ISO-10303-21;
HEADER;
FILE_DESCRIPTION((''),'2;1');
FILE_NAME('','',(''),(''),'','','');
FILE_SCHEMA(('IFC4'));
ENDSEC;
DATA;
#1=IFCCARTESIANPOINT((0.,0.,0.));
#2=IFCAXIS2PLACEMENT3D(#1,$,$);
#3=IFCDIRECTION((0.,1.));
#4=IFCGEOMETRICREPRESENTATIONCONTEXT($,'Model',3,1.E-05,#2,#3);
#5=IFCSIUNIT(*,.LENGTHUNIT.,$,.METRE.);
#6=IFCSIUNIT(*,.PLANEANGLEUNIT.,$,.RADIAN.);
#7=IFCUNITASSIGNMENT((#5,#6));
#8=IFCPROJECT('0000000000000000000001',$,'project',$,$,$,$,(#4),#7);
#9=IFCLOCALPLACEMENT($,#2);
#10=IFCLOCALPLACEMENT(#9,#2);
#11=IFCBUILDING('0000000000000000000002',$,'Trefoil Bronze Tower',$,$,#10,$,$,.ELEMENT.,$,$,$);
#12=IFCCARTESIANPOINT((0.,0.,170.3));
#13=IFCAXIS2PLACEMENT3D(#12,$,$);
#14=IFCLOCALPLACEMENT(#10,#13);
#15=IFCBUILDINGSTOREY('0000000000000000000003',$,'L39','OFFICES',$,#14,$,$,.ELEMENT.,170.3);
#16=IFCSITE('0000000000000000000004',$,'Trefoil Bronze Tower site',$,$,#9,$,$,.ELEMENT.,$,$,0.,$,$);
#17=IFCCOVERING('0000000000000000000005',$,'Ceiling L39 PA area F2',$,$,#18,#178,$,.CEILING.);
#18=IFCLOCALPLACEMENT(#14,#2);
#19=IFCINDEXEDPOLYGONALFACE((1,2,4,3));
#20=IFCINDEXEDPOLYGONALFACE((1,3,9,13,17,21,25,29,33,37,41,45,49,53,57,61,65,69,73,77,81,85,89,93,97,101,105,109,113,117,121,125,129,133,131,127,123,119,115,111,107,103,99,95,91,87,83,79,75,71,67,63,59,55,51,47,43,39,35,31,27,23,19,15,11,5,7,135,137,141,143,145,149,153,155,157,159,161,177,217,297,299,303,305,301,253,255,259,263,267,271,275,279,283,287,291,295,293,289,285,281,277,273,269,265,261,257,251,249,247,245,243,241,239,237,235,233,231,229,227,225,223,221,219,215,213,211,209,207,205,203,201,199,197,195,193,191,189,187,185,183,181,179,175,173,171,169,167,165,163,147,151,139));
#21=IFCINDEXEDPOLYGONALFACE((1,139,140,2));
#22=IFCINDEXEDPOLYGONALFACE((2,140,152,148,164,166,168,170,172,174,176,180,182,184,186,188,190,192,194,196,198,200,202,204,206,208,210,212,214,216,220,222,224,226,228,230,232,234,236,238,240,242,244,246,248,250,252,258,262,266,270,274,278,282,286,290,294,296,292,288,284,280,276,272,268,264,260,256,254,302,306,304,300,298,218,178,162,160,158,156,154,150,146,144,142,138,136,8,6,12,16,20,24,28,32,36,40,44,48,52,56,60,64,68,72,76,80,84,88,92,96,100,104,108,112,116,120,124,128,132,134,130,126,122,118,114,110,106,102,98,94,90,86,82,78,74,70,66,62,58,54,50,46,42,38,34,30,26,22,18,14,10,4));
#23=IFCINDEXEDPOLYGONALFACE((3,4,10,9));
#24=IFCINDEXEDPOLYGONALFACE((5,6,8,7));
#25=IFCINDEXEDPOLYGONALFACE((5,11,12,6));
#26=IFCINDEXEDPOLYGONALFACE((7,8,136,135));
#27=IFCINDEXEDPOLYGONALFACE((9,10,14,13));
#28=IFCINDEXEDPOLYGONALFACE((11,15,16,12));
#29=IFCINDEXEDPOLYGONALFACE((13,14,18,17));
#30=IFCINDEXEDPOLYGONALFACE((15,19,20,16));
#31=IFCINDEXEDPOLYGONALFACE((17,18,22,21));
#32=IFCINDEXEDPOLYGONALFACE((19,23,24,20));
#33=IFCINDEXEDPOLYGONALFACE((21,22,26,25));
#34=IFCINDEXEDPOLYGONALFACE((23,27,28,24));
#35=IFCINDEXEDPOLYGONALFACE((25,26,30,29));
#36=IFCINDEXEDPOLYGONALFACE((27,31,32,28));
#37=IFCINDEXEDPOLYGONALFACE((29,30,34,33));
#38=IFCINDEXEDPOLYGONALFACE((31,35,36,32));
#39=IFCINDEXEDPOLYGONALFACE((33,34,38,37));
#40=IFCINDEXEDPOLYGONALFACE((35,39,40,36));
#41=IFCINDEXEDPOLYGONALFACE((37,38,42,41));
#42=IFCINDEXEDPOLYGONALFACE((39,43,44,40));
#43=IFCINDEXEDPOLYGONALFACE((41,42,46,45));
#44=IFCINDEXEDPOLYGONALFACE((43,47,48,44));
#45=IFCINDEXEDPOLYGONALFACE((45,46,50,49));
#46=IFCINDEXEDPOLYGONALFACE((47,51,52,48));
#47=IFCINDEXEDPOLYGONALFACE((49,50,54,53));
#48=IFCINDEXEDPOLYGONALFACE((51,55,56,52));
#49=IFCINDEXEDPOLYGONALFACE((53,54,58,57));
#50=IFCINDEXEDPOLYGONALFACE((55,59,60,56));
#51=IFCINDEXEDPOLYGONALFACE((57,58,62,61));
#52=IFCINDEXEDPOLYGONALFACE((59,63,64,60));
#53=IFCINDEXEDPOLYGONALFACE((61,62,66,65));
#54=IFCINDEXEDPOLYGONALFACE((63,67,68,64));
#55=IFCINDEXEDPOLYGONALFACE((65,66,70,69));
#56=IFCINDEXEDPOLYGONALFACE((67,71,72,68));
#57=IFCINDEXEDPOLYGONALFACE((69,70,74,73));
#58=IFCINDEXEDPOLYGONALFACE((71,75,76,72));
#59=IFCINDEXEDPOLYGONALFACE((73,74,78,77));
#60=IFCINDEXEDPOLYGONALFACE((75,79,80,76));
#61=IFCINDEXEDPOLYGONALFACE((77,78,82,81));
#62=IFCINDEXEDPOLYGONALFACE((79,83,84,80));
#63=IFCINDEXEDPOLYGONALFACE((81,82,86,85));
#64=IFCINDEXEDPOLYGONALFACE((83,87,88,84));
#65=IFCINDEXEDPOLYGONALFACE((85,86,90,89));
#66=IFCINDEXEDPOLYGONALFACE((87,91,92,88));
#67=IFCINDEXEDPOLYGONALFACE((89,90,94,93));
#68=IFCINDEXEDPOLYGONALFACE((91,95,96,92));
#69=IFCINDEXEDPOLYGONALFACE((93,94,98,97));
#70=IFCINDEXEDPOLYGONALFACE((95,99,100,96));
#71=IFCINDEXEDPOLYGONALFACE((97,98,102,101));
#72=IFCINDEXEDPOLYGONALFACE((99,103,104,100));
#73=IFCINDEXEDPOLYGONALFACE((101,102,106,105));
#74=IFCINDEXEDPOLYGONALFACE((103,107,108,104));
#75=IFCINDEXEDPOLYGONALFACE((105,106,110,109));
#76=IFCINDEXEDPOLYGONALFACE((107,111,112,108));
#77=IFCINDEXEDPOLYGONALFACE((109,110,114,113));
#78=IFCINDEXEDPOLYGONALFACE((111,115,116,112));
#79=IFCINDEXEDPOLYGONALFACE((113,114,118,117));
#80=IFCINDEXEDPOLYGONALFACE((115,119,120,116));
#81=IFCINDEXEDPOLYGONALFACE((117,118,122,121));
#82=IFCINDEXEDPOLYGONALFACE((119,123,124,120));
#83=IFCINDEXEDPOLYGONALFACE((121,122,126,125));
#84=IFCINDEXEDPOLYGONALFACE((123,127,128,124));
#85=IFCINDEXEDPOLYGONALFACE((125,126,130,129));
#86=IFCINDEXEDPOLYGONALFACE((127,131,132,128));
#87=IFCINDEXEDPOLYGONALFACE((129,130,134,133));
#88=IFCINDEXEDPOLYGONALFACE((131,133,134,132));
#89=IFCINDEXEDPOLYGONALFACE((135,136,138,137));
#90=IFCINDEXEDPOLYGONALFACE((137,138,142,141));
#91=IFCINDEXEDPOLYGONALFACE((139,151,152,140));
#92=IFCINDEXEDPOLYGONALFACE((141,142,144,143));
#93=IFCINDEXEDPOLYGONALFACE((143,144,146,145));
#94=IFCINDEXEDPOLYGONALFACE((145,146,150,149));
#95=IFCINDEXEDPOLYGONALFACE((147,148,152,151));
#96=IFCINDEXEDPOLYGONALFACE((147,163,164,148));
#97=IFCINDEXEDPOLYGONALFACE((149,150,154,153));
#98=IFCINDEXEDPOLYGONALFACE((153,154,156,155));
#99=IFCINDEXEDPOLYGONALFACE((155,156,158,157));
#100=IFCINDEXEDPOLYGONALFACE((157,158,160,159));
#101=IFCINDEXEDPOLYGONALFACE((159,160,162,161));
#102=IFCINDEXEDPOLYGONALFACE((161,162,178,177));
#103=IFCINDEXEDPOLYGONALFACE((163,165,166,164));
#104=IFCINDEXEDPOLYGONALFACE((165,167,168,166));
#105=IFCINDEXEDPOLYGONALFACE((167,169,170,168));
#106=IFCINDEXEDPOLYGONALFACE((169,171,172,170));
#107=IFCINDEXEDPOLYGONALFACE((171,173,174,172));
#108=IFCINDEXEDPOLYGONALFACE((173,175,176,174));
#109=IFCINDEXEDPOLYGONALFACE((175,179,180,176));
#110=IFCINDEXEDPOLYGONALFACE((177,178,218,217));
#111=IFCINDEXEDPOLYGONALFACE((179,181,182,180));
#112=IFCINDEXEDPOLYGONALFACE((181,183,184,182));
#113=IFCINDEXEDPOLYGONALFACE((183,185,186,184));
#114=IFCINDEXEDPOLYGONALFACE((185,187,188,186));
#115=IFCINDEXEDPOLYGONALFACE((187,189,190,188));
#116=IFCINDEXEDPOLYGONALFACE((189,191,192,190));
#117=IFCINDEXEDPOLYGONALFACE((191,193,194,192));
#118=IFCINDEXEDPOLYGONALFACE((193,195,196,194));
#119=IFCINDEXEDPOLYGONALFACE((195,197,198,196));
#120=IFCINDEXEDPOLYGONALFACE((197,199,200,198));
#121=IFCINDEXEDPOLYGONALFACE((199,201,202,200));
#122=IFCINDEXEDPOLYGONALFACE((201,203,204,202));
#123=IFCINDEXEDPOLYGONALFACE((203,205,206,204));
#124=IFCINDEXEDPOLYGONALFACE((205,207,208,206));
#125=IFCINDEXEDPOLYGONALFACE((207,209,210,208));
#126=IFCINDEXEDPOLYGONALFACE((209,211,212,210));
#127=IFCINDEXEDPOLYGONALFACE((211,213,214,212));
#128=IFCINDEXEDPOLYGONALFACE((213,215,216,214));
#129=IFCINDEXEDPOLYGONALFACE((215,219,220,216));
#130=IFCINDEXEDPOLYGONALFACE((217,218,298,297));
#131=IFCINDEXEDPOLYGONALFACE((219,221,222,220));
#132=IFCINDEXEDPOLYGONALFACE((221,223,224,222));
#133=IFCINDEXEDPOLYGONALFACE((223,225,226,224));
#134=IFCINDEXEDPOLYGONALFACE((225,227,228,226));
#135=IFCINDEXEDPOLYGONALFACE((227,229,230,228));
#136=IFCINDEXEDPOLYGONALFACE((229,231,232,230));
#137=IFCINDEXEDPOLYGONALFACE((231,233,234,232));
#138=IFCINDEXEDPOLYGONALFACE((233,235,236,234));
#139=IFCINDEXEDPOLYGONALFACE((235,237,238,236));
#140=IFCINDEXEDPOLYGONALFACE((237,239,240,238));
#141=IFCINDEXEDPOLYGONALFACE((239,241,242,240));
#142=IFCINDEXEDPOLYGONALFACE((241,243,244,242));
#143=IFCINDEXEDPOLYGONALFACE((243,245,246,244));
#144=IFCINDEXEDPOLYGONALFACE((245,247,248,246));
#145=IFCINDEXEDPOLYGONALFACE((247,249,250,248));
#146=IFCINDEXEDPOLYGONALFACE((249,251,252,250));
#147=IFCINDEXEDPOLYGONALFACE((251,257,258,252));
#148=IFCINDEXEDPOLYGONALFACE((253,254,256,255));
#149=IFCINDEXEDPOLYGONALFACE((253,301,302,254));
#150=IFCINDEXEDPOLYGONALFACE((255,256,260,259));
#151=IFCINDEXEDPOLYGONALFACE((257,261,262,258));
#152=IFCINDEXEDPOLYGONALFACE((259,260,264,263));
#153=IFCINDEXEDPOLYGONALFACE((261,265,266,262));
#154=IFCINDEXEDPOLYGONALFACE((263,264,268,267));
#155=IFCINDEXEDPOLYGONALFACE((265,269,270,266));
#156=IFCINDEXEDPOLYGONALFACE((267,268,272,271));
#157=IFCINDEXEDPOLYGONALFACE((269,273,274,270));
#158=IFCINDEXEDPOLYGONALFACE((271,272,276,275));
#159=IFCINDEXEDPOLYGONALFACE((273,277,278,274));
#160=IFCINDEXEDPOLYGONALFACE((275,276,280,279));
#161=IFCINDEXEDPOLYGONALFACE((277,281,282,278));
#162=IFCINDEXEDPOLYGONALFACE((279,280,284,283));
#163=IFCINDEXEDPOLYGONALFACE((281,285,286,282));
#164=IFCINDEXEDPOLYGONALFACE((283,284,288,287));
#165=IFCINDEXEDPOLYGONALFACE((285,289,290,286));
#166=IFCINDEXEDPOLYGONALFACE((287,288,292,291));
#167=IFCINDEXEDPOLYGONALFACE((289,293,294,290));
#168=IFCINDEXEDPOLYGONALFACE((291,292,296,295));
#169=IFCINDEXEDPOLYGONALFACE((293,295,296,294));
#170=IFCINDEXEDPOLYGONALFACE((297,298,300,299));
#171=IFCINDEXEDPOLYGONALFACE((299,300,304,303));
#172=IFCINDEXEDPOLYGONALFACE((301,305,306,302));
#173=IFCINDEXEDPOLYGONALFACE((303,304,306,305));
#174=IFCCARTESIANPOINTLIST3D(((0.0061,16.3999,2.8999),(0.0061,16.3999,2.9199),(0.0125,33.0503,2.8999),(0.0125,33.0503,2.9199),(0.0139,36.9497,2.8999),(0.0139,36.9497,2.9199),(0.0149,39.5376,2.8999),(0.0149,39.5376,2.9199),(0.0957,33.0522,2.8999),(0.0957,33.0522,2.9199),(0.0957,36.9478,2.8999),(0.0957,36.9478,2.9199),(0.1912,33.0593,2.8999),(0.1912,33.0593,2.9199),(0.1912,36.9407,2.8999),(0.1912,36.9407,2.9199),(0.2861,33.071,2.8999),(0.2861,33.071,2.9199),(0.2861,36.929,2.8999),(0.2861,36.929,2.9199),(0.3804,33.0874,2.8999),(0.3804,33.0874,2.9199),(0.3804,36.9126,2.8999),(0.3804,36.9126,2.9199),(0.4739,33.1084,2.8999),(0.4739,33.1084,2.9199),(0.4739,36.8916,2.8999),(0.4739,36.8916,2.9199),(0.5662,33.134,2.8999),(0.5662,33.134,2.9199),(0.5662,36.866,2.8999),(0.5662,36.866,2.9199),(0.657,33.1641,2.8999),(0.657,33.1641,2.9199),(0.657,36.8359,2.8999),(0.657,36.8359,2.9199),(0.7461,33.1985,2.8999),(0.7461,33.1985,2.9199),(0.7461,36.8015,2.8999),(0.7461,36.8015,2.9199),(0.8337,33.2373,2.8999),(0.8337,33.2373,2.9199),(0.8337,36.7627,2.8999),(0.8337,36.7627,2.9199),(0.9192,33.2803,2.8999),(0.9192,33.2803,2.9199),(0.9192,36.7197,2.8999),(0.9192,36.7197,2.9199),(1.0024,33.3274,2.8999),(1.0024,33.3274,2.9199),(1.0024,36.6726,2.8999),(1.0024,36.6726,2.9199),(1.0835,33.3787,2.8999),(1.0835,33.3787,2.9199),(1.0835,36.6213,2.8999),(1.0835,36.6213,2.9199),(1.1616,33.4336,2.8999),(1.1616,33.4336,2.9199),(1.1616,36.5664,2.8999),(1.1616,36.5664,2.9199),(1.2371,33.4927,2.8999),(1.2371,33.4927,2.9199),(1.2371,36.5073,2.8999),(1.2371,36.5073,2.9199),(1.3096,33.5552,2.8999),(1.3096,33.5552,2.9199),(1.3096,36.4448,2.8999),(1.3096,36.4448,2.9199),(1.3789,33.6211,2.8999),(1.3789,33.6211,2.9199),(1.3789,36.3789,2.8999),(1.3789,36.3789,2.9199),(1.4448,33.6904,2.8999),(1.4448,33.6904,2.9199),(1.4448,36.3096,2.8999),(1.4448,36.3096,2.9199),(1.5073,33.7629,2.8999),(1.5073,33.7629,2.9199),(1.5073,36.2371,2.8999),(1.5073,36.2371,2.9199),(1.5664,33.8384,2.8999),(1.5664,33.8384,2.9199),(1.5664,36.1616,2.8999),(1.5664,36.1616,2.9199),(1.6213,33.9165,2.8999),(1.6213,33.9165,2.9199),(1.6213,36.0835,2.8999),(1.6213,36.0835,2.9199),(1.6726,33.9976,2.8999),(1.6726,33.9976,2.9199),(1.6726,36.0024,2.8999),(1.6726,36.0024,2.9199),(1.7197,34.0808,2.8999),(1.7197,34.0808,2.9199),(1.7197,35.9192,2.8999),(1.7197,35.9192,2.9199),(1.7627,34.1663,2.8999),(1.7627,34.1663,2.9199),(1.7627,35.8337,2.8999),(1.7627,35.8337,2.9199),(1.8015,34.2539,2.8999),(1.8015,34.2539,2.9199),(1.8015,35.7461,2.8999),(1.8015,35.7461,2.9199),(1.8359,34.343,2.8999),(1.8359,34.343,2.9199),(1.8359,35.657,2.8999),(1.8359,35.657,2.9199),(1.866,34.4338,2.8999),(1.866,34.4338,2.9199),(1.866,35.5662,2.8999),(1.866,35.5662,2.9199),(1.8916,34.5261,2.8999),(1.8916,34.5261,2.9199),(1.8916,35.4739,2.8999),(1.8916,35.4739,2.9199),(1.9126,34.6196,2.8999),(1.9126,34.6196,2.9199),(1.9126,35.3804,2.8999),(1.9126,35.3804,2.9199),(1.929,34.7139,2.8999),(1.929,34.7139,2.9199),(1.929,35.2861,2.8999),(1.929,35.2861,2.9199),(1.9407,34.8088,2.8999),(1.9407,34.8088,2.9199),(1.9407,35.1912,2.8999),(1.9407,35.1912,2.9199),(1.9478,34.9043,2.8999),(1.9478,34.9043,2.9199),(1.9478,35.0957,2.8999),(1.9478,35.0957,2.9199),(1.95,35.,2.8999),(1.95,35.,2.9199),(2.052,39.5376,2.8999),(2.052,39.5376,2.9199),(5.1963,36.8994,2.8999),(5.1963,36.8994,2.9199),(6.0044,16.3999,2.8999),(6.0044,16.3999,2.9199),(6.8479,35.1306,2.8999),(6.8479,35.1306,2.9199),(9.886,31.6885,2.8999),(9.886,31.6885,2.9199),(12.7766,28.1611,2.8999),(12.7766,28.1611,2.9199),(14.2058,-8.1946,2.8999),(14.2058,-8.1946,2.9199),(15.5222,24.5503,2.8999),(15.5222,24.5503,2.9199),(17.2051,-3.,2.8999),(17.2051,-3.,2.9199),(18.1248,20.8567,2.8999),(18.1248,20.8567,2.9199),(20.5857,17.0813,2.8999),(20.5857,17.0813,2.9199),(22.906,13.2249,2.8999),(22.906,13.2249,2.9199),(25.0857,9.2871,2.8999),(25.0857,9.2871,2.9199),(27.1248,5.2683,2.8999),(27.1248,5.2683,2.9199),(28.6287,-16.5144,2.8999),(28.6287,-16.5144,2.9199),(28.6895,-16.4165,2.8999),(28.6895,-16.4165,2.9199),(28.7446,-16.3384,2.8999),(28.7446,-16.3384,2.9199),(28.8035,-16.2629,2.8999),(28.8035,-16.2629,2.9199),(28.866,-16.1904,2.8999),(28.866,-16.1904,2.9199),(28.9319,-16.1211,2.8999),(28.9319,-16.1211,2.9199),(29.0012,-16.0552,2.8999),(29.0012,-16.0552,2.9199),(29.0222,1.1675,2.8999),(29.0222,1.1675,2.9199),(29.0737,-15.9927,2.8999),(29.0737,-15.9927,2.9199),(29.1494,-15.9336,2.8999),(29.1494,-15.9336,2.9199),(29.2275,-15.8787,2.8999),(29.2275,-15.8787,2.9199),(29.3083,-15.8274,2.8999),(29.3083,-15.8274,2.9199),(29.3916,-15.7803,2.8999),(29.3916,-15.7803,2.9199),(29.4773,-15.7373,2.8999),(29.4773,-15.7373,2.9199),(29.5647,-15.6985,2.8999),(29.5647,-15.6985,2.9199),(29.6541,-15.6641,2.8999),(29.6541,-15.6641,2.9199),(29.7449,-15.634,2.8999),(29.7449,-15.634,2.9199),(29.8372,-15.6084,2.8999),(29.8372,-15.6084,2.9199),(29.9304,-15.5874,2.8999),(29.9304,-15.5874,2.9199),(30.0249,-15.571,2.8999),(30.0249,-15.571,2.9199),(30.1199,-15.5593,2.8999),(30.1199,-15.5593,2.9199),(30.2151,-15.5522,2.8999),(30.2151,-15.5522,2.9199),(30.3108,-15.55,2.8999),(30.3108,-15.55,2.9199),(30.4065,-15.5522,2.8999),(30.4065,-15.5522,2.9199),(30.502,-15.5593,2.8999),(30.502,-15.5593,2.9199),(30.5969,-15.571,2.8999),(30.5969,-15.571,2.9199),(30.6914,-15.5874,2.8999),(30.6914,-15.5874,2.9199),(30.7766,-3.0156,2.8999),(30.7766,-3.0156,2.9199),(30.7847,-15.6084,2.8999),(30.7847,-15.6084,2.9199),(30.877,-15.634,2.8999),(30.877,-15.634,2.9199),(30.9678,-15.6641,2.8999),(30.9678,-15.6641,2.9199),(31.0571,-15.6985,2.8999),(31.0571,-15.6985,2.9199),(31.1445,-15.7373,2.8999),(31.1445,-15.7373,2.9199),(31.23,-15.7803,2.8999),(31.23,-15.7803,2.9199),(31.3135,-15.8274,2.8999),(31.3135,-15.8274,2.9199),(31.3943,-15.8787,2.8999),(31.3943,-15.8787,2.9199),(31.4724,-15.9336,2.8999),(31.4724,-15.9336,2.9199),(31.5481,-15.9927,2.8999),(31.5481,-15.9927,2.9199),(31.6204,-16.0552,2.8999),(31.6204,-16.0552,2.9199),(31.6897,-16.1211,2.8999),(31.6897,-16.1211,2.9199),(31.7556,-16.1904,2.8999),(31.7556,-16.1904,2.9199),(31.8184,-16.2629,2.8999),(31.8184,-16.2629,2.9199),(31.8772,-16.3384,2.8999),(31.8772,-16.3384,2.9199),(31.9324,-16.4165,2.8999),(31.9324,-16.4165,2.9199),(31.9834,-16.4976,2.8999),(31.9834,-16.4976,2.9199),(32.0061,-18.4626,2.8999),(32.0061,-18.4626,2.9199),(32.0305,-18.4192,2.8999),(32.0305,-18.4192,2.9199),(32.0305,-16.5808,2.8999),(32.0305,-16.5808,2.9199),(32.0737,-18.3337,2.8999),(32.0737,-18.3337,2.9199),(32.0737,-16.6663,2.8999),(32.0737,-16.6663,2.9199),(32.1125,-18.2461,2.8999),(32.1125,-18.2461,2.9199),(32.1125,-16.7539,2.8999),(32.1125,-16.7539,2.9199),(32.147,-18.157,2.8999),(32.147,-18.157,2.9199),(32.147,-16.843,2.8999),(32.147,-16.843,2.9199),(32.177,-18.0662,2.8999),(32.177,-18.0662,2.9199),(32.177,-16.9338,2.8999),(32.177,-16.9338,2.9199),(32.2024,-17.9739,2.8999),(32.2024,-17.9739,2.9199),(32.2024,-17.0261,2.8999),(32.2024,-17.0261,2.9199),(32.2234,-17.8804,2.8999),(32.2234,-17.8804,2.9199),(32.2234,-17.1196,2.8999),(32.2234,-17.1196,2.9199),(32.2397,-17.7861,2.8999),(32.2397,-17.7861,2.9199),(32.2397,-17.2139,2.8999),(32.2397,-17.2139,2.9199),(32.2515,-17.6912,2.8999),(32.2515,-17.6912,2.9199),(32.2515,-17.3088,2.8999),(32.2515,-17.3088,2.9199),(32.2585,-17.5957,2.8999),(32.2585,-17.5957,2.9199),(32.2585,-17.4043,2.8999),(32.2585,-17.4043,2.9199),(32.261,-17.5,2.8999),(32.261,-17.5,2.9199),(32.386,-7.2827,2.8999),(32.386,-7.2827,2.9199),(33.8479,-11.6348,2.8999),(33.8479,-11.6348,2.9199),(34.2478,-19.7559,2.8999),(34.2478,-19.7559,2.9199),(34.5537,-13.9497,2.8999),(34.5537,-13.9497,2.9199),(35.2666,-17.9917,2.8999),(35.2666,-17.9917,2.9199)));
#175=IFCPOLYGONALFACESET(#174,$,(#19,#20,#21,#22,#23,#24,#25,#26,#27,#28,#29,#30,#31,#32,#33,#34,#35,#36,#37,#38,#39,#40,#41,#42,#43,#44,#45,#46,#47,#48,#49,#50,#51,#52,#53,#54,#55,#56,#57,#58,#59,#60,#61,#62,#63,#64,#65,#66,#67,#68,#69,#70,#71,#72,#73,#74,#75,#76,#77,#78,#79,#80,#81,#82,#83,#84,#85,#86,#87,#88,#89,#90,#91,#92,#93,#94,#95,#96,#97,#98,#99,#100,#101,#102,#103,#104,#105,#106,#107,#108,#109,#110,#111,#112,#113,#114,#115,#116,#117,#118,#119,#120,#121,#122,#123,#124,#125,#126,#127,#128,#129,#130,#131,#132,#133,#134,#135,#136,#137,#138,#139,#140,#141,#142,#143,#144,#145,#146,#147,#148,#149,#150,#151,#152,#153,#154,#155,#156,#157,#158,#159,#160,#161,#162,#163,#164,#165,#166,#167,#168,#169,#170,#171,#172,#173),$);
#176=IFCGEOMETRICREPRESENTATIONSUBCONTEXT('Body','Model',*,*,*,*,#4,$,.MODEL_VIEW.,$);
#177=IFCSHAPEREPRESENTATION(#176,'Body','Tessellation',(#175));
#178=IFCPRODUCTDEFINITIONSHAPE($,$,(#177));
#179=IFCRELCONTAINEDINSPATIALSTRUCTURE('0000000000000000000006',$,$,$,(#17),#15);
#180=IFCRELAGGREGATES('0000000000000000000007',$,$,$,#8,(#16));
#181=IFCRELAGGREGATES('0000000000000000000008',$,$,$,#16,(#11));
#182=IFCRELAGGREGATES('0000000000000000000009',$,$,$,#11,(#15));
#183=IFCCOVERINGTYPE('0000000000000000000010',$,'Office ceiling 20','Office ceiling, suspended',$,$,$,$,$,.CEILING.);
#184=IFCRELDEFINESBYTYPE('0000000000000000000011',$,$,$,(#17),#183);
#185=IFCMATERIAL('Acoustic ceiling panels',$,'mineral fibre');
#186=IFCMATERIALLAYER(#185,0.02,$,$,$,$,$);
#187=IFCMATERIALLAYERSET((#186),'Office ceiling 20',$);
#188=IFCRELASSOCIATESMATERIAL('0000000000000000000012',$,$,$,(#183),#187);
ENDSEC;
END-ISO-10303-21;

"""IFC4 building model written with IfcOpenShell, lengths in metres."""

from ifc_helpers import new_model, si_unit, direction, frame, origin, place, context, subcontext, project, spatial, polyline, outline, extrude, material, layer, layer_set, type_object, element, save


model = new_model("IFC4")

# Units and contexts
model_context = context("Model", 3, precision=1e-05, world=origin(), true_north=direction((0.0, 1.0)))
body_context = subcontext(model_context, "Body", "Model", "MODEL_VIEW")
ifc_project = project(units=[si_unit("LENGTHUNIT", "METRE"), si_unit("PLANEANGLEUNIT", "RADIAN")], contexts=[model_context])

# Site, building, storey
site_placement = place(None, origin())
site = spatial("IfcSite", under=ifc_project, at=site_placement, Name="Trefoil Bronze Tower site", CompositionType="ELEMENT", RefElevation=0.0)
building_placement = place(site_placement, origin())
building = spatial("IfcBuilding", under=site, at=building_placement, Name="Trefoil Bronze Tower", CompositionType="ELEMENT")
storey_placement = place(building_placement, frame((0.0, 0.0, 170.3)))
storey = spatial("IfcBuildingStorey", under=building, at=storey_placement, Name="L39", Description="OFFICES", CompositionType="ELEMENT", Elevation=170.3)

# Covering
ifc_material_1 = material(Name="Acoustic ceiling panels", Category="mineral fibre")
ifc_layer_1 = layer(ifc_material_1, 0.02)
ifc_layer_set_1 = layer_set([ifc_layer_1], Name="Office ceiling 20")
covering_type_1 = type_object("IfcCoveringType", Name="Office ceiling 20", Description="Office ceiling, suspended", PredefinedType="CEILING", material=ifc_layer_set_1)
covering_1_placement = place(storey_placement, frame((0.0, 0.0, 2.8999)))
element("IfcCovering", 1, at=covering_1_placement, inside=storey, type_object=covering_type_1, Name="Ceiling L39 PA area F2", PredefinedType="CEILING", context=body_context, shape_type="SweptSolid", body=[
    extrude(outline(polyline([(6.8479, 35.1306), (9.886, 31.6885), (12.7766, 28.1611), (15.5222, 24.5503), (18.1248, 20.8567), (20.5857, 17.0813), (22.906, 13.2249), (25.0857, 9.2871), (27.1248, 5.2683), (29.0222, 1.1675), (30.7766, -3.0156), (32.386, -7.2827), (33.8479, -11.6348), (34.5537, -13.9497), (35.2666, -17.9917), (34.2478, -19.7559), (32.0061, -18.4626), (32.0305, -18.4192), (32.0737, -18.3337), (32.1125, -18.2461), (32.147, -18.157), (32.177, -18.0662), (32.2024, -17.9739), (32.2234, -17.8804), (32.2397, -17.7861), (32.2515, -17.6912), (32.2585, -17.5957), (32.261, -17.5), (32.2585, -17.4043), (32.2515, -17.3088), (32.2397, -17.2139), (32.2234, -17.1196), (32.2024, -17.0261), (32.177, -16.9338), (32.147, -16.843), (32.1125, -16.7539), (32.0737, -16.6663), (32.0305, -16.5808), (31.9834, -16.4976), (31.9324, -16.4165), (31.8772, -16.3384), (31.8184, -16.2629), (31.7556, -16.1904), (31.6897, -16.1211), (31.6204, -16.0552), (31.5481, -15.9927), (31.4724, -15.9336), (31.3943, -15.8787), (31.3135, -15.8274), (31.23, -15.7803), (31.1445, -15.7373), (31.0571, -15.6985), (30.9678, -15.6641), (30.877, -15.634), (30.7847, -15.6084), (30.6914, -15.5874), (30.5969, -15.571), (30.502, -15.5593), (30.4065, -15.5522), (30.3108, -15.55), (30.2151, -15.5522), (30.1199, -15.5593), (30.0249, -15.571), (29.9304, -15.5874), (29.8372, -15.6084), (29.7449, -15.634), (29.6541, -15.6641), (29.5647, -15.6985), (29.4773, -15.7373), (29.3916, -15.7803), (29.3083, -15.8274), (29.2275, -15.8787), (29.1494, -15.9336), (29.0737, -15.9927), (29.0012, -16.0552), (28.9319, -16.1211), (28.866, -16.1904), (28.8035, -16.2629), (28.7446, -16.3384), (28.6895, -16.4165), (28.6287, -16.5144), (14.2058, -8.1946), (17.2051, -3.0), (6.0044, 16.3999), (0.0061, 16.3999), (0.0125, 33.0503), (0.0957, 33.0522), (0.1912, 33.0593), (0.2861, 33.071), (0.3804, 33.0874), (0.4739, 33.1084), (0.5662, 33.134), (0.657, 33.1641), (0.7461, 33.1985), (0.8337, 33.2373), (0.9192, 33.2803), (1.0024, 33.3274), (1.0835, 33.3787), (1.1616, 33.4336), (1.2371, 33.4927), (1.3096, 33.5552), (1.3789, 33.6211), (1.4448, 33.6904), (1.5073, 33.7629), (1.5664, 33.8384), (1.6213, 33.9165), (1.6726, 33.9976), (1.7197, 34.0808), (1.7627, 34.1663), (1.8015, 34.2539), (1.8359, 34.343), (1.866, 34.4338), (1.8916, 34.5261), (1.9126, 34.6196), (1.929, 34.7139), (1.9407, 34.8088), (1.9478, 34.9043), (1.95, 35.0), (1.9478, 35.0957), (1.9407, 35.1912), (1.929, 35.2861), (1.9126, 35.3804), (1.8916, 35.4739), (1.866, 35.5662), (1.8359, 35.657), (1.8015, 35.7461), (1.7627, 35.8337), (1.7197, 35.9192), (1.6726, 36.0024), (1.6213, 36.0835), (1.5664, 36.1616), (1.5073, 36.2371), (1.4448, 36.3096), (1.3789, 36.3789), (1.3096, 36.4448), (1.2371, 36.5073), (1.1616, 36.5664), (1.0835, 36.6213), (1.0024, 36.6726), (0.9192, 36.7197), (0.8337, 36.7627), (0.7461, 36.8015), (0.657, 36.8359), (0.5662, 36.866), (0.4739, 36.8916), (0.3804, 36.9126), (0.2861, 36.929), (0.1912, 36.9407), (0.0957, 36.9478), (0.0139, 36.9497), (0.0149, 39.5376), (2.052, 39.5376), (5.1963, 36.8994), (6.8479, 35.1306)])), origin(), (0.0, 0.0, 1.0), 0.02),
])

save(model, "model.ifc")
